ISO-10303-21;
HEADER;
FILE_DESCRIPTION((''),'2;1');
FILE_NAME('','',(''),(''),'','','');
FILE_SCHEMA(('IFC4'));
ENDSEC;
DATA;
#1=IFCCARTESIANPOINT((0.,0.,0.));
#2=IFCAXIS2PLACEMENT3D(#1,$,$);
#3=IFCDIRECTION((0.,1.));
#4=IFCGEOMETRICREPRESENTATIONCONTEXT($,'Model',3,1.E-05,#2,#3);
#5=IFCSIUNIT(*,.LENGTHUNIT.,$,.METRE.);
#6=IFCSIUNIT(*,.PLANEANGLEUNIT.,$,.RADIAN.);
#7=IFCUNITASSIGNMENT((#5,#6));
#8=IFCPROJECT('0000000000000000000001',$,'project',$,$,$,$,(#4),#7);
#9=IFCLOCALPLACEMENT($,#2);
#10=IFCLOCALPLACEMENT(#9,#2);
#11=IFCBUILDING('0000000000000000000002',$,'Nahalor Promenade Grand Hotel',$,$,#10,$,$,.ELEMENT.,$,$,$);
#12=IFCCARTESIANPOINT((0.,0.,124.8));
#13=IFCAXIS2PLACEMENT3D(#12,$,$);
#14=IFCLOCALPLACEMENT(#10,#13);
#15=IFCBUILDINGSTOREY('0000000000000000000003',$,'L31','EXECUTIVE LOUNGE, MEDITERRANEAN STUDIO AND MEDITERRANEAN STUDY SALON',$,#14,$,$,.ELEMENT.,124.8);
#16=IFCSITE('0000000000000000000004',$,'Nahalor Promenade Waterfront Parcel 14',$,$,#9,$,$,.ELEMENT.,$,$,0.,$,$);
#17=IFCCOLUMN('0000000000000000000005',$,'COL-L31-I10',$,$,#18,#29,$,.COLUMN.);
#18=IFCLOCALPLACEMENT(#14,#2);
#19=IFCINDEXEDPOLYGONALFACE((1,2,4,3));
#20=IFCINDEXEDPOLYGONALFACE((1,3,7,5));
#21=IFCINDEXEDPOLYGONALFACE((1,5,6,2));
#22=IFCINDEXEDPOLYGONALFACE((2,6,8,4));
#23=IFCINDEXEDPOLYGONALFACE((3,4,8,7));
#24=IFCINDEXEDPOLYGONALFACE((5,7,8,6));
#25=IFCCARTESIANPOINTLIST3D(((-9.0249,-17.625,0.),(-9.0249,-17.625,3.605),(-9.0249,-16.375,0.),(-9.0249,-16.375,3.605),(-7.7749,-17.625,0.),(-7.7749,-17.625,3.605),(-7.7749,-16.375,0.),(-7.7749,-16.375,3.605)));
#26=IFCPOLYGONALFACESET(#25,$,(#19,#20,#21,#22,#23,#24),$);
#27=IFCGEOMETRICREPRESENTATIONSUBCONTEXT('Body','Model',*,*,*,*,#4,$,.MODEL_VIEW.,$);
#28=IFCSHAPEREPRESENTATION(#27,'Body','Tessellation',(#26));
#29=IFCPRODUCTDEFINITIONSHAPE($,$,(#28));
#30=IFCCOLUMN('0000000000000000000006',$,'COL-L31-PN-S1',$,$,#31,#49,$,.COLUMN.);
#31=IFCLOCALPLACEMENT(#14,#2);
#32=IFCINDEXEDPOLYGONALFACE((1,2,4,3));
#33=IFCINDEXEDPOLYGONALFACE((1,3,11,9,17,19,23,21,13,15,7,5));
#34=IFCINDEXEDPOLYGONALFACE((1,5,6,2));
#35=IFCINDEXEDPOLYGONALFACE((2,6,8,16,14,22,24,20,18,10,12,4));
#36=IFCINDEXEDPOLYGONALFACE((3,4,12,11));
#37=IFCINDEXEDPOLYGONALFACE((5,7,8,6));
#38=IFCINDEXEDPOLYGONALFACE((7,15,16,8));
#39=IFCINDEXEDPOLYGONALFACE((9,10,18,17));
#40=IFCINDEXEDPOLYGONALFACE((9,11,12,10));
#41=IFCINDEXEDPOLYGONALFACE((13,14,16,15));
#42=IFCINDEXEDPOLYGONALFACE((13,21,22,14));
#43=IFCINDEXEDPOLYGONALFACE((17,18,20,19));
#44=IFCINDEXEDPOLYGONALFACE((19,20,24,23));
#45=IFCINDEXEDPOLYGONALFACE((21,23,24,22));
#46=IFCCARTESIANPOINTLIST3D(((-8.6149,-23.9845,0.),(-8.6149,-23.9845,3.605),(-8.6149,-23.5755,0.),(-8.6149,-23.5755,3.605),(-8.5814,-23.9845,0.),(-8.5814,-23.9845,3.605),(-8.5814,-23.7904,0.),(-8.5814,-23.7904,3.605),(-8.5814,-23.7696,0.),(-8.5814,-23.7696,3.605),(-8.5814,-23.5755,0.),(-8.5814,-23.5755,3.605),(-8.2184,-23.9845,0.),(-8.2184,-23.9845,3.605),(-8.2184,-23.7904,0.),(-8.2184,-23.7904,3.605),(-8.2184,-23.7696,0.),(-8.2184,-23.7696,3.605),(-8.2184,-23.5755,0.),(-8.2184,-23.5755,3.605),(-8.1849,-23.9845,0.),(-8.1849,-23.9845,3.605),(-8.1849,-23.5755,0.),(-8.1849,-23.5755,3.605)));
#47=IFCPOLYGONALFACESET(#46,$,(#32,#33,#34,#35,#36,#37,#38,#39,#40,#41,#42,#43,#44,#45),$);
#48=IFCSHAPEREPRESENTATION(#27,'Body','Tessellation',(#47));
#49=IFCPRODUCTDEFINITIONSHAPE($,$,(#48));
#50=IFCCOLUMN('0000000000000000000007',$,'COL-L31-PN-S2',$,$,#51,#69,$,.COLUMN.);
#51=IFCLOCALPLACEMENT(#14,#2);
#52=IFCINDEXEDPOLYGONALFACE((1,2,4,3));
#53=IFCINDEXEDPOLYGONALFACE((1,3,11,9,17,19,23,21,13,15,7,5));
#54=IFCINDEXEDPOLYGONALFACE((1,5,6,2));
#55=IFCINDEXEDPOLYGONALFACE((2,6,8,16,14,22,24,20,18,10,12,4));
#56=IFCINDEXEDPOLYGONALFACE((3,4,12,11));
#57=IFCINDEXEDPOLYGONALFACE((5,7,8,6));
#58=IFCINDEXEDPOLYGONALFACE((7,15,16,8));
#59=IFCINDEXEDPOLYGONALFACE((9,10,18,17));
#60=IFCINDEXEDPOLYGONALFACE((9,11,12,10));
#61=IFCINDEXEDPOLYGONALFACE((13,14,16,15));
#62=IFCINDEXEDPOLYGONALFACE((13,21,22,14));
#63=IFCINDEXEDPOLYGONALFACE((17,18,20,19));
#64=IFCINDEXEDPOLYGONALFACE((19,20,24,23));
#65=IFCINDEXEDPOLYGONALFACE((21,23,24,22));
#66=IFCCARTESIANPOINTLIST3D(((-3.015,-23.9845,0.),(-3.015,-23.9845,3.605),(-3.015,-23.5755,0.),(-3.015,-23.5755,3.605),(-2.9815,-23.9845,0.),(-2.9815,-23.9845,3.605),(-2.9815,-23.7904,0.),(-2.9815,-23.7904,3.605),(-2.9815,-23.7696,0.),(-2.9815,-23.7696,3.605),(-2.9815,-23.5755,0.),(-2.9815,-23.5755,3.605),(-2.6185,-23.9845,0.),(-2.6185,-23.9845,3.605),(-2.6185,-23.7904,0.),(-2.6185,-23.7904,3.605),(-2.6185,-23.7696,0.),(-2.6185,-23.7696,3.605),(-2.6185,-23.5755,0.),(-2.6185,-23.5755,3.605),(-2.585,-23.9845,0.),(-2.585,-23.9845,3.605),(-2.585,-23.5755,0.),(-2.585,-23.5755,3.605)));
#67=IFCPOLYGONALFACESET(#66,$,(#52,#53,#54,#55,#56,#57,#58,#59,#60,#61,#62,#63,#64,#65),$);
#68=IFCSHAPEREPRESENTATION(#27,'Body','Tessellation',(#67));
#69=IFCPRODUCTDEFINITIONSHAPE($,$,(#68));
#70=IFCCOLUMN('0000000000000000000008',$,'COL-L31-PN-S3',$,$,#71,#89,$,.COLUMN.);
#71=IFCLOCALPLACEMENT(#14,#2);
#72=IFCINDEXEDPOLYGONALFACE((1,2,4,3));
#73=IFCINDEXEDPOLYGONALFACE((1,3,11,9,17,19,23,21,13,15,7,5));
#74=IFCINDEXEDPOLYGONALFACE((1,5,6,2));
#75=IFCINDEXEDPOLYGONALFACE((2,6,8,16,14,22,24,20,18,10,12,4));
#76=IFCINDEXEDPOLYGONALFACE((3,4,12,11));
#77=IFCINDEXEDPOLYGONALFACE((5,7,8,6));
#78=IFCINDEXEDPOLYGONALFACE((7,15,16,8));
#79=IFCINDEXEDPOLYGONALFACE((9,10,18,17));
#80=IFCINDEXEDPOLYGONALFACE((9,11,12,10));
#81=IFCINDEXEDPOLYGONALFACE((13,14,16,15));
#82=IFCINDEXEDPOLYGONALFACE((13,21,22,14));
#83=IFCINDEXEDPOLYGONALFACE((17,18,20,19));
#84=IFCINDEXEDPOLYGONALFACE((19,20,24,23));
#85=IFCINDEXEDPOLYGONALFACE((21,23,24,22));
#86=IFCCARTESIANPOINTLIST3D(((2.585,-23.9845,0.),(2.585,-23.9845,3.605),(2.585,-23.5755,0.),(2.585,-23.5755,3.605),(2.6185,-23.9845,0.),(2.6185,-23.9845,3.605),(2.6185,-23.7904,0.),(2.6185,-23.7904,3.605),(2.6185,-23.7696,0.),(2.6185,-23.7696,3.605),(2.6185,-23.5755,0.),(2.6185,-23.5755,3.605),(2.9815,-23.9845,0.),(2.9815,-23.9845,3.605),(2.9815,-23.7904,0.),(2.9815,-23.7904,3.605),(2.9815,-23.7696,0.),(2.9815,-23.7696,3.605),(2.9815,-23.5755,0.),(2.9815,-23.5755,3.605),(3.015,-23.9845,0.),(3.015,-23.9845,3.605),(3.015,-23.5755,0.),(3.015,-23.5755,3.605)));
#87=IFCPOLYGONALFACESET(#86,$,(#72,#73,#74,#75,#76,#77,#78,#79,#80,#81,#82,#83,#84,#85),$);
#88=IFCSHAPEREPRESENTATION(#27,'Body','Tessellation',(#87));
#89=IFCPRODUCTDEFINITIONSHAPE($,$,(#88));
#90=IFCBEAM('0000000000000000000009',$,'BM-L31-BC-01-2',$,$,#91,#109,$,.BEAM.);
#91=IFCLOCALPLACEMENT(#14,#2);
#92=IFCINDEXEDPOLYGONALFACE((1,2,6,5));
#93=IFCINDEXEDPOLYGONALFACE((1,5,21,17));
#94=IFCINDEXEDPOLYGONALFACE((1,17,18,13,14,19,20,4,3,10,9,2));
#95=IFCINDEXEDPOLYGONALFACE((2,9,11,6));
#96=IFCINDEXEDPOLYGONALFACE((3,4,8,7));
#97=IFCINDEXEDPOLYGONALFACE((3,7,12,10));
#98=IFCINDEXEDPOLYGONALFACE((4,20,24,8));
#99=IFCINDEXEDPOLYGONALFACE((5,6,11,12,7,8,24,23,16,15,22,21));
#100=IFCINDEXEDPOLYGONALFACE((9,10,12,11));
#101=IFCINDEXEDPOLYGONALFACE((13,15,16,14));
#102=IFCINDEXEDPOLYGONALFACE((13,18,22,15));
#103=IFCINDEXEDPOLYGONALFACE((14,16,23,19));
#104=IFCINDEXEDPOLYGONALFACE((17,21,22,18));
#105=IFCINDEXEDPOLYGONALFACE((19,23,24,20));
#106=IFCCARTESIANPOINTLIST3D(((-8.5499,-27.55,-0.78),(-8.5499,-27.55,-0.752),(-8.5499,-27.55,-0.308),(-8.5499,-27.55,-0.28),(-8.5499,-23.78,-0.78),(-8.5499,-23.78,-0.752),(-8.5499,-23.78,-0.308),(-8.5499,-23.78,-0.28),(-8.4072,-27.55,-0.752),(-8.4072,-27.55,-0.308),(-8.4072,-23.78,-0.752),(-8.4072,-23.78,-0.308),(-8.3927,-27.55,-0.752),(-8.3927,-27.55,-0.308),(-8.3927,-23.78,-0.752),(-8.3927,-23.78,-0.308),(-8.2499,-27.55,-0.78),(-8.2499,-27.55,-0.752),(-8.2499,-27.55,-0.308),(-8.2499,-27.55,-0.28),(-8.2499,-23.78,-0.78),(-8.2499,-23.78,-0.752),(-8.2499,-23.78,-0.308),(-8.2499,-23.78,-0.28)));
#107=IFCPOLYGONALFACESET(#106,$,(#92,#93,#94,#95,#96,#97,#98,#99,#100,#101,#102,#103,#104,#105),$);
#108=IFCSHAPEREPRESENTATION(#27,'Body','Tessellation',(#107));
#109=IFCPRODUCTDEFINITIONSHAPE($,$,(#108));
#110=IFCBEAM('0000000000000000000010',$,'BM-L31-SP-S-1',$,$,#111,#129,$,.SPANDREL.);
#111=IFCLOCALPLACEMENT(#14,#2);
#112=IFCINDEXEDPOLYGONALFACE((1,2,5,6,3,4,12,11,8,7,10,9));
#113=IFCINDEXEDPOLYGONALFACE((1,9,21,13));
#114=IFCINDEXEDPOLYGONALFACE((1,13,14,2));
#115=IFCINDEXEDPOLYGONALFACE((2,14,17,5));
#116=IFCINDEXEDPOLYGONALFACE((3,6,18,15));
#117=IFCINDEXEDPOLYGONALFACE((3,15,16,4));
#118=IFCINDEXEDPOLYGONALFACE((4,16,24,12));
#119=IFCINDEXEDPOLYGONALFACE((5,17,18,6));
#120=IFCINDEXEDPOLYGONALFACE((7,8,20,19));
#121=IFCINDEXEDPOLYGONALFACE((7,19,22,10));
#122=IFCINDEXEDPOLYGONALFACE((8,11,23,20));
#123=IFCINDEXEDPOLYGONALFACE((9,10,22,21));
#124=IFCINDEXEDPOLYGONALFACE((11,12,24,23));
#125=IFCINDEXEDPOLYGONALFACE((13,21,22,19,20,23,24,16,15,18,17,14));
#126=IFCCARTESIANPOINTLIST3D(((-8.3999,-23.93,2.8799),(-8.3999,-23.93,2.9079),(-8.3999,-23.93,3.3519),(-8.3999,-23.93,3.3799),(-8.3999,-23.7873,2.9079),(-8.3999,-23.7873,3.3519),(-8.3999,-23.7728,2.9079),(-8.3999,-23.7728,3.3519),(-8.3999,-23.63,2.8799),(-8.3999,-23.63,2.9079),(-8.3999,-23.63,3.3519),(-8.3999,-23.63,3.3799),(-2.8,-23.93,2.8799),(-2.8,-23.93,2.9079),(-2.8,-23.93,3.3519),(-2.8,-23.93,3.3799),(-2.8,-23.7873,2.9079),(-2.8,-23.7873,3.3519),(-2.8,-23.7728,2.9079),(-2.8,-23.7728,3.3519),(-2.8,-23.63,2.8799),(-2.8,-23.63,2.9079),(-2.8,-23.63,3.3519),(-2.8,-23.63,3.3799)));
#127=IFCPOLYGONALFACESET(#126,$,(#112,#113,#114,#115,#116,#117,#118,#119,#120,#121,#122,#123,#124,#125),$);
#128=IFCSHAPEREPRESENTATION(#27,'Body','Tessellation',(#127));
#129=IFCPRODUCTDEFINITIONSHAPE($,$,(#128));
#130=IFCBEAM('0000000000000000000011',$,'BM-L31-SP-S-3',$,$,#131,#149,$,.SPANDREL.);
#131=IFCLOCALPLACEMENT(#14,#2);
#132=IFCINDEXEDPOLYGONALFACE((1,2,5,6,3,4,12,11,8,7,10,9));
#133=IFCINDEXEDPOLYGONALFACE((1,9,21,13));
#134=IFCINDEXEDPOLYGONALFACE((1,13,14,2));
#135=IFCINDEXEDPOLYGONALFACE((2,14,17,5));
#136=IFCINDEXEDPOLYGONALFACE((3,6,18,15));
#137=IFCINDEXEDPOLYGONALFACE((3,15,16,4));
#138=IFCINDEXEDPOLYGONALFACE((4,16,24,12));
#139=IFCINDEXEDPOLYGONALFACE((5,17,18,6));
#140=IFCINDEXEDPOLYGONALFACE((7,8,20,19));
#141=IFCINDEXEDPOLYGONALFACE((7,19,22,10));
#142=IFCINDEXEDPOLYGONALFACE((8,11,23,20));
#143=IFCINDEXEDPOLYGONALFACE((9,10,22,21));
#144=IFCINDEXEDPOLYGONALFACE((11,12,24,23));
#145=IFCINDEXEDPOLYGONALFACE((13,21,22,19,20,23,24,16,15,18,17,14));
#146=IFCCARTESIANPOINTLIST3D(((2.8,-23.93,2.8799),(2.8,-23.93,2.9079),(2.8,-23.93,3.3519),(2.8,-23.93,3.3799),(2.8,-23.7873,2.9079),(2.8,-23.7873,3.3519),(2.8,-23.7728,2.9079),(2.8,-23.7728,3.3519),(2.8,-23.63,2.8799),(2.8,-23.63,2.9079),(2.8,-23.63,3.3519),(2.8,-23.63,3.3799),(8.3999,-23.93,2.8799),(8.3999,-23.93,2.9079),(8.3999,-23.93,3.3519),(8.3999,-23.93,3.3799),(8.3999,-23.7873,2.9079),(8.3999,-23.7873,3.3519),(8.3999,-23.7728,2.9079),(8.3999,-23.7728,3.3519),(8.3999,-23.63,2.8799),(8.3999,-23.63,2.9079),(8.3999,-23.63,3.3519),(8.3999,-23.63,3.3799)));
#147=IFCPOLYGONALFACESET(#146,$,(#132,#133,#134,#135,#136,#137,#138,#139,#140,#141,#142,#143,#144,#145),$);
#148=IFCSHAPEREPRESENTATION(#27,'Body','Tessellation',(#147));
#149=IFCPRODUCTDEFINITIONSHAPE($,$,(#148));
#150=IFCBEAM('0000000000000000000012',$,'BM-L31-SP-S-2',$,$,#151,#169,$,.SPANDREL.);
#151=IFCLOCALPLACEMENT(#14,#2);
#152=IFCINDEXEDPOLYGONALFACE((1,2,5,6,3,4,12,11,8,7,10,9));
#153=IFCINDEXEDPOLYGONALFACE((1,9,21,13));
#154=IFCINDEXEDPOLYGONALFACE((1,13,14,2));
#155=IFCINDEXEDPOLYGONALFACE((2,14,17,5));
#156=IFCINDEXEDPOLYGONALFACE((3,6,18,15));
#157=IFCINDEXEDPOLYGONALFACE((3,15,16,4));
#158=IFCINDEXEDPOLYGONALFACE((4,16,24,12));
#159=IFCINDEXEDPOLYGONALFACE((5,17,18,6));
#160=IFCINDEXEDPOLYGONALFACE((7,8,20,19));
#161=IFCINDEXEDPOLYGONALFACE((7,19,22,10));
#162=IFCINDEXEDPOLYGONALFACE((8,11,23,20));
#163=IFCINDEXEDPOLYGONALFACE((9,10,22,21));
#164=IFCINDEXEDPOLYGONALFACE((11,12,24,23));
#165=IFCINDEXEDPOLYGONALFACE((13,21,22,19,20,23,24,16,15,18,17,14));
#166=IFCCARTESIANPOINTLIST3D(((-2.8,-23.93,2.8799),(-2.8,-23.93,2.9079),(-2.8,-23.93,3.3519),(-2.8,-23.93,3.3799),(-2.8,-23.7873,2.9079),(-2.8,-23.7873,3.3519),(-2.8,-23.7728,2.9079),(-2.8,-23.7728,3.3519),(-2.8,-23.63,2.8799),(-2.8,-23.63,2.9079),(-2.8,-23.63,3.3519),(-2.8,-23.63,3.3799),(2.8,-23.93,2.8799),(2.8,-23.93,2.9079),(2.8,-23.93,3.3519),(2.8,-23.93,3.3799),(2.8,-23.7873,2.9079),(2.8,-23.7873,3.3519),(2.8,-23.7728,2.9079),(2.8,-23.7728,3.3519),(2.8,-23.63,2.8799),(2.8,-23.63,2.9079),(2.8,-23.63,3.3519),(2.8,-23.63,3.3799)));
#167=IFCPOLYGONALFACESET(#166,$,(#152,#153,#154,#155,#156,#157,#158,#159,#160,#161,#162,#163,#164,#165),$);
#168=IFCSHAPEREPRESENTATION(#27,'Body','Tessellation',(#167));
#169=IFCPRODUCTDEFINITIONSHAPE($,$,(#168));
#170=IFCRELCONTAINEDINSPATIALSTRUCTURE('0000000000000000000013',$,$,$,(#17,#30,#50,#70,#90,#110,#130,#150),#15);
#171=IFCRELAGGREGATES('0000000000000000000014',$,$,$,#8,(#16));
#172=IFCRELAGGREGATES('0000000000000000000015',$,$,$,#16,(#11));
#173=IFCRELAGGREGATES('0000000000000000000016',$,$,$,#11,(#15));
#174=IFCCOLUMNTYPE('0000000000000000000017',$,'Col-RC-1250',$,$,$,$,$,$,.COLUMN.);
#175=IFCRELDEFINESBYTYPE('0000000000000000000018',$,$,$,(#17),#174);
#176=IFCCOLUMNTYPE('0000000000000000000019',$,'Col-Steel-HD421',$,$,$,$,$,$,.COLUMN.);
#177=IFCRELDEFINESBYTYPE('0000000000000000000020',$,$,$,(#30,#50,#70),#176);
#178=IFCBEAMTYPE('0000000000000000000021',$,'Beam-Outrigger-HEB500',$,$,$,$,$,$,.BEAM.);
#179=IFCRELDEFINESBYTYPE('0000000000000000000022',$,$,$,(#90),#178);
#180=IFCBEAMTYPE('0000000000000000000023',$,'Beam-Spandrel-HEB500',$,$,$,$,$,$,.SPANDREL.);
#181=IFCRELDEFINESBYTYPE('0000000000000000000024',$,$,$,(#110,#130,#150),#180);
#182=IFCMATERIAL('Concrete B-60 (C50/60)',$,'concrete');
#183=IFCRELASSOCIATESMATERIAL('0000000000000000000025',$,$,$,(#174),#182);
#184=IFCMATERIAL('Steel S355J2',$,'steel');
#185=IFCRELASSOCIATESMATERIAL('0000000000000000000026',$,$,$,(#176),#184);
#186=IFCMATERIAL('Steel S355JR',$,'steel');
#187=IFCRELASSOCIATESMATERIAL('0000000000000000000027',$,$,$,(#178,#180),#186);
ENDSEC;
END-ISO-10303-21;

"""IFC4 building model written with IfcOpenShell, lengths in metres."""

from ifc_helpers import new_model, si_unit, direction, frame, origin, origin_2d, place, context, subcontext, project, spatial, rectangle, i_section, extrude, source, transform, mapped, material, material_profile, profile_set, type_object, element, save


model = new_model("IFC4")

# Units and contexts
model_context = context("Model", 3, precision=1e-05, world=origin(), true_north=direction((0.0, 1.0)))
body_context = subcontext(model_context, "Body", "Model", "MODEL_VIEW")
ifc_project = project(units=[si_unit("LENGTHUNIT", "METRE"), si_unit("PLANEANGLEUNIT", "RADIAN")], contexts=[model_context])

# Site, building, storey
site_placement = place(None, origin())
site = spatial("IfcSite", under=ifc_project, at=site_placement, Name="Nahalor Promenade Waterfront Parcel 14", CompositionType="ELEMENT", RefElevation=0.0)
building_placement = place(site_placement, origin())
building = spatial("IfcBuilding", under=site, at=building_placement, Name="Nahalor Promenade Grand Hotel", CompositionType="ELEMENT")
storey_placement = place(building_placement, frame((0.0, 0.0, 124.8)))
storey = spatial("IfcBuildingStorey", under=building, at=storey_placement, Name="L31", Description="EXECUTIVE LOUNGE, MEDITERRANEAN STUDIO AND MEDITERRANEAN STUDY SALON", CompositionType="ELEMENT", Elevation=124.8)

# Columns
ifc_material_1 = material(Name="Concrete B-60 (C50/60)", Category="concrete")
ifc_material_profile_1 = material_profile(ifc_material_1, rectangle(XDim=1.25, YDim=1.25, at=origin_2d()), Name="RC 1250x1250")
ifc_profile_set_1 = profile_set([ifc_material_profile_1], Name="Concrete B-60 (C50/60)")
column_type_1 = type_object("IfcColumnType", Name="Col-RC-1250", PredefinedType="COLUMN", material=ifc_profile_set_1)
shared_shape_1 = source(origin(), body_context, "Body", "SweptSolid", [
    extrude(rectangle(XDim=1.25, YDim=1.25, at=origin_2d()), origin(), (0.0, 0.0, 1.0), 3.605),
])
column_placement = place(storey_placement, frame((-8.3999, -17.0, 0.0), z_axis=(0.0, 0.0, 1.0), x_axis=(1.0, 0.0, 0.0)))
element("IfcColumn", 1, at=column_placement, inside=storey, type_object=column_type_1, Name="COL-L31-I10", PredefinedType="COLUMN", context=body_context, shape_type="MappedRepresentation", body=[
    mapped(shared_shape_1, transform((0.0, 0.0, 0.0), scale=1.0)),
])
ifc_material_2 = material(Name="Steel S355J2", Category="steel")
ifc_material_profile_2 = material_profile(ifc_material_2, i_section(OverallWidth=0.409, OverallDepth=0.43, WebThickness=0.0208, FlangeThickness=0.0335, at=origin_2d()), Name="HD 400x421")
ifc_profile_set_2 = profile_set([ifc_material_profile_2], Name="Steel S355J2")
column_type_2 = type_object("IfcColumnType", Name="Col-Steel-HD421", PredefinedType="COLUMN", material=ifc_profile_set_2)
shared_shape_2 = source(origin(), body_context, "Body", "SweptSolid", [
    extrude(i_section(OverallWidth=0.409, OverallDepth=0.43, WebThickness=0.0208, FlangeThickness=0.0335, at=origin_2d()), origin(), (0.0, 0.0, 1.0), 3.605),
])
for number, where, z_axis, x_axis, name in (
    (2, (-8.3999, -23.78, 0.0), (0.0, 0.0, 1.0), (0.0, 1.0, 0.0), "COL-L31-PN-S1"),
    (3, (-2.8, -23.78, 0.0), (0.0, 0.0, 1.0), (0.0, 1.0, 0.0), "COL-L31-PN-S2"),
    (4, (2.8, -23.78, 0.0), (0.0, 0.0, 1.0), (0.0, 1.0, 0.0), "COL-L31-PN-S3"),
):
    element("IfcColumn", number, at=place(storey_placement, frame(where, z_axis=z_axis, x_axis=x_axis)), inside=storey, type_object=column_type_2, Name=name, PredefinedType="COLUMN", context=body_context, shape_type="MappedRepresentation", body=[
        mapped(shared_shape_2, transform((0.0, 0.0, 0.0), scale=1.0)),
    ])

# Beams
ifc_material_3 = material(Name="Steel S355JR", Category="steel")
ifc_material_profile_3 = material_profile(ifc_material_3, i_section(OverallWidth=0.3, OverallDepth=0.5, WebThickness=0.0145, FlangeThickness=0.028, at=origin_2d()), Name="HEB 500")
ifc_profile_set_3 = profile_set([ifc_material_profile_3], Name="Steel S355JR")
beam_type_1 = type_object("IfcBeamType", Name="Beam-Outrigger-HEB500", PredefinedType="BEAM", material=ifc_profile_set_3)
shared_shape_3 = source(origin(), body_context, "Body", "SweptSolid", [
    extrude(i_section(OverallWidth=0.3, OverallDepth=0.5, WebThickness=0.0145, FlangeThickness=0.028, at=origin_2d()), origin(), (0.0, 0.0, 1.0), 3.77),
])
beam_1_placement = place(storey_placement, frame((-8.3999, -27.55, -0.53), z_axis=(0.0, 1.0, 0.0), x_axis=(-1.0, 0.0, 0.0)))
element("IfcBeam", 5, at=beam_1_placement, inside=storey, type_object=beam_type_1, Name="BM-L31-BC-01-2", PredefinedType="BEAM", context=body_context, shape_type="MappedRepresentation", body=[
    mapped(shared_shape_3, transform((0.0, 0.0, 0.0), scale=1.0)),
])
ifc_material_profile_4 = material_profile(ifc_material_3, i_section(OverallWidth=0.3, OverallDepth=0.5, WebThickness=0.0145, FlangeThickness=0.028, at=origin_2d()), Name="HEB 500")
ifc_profile_set_4 = profile_set([ifc_material_profile_4], Name="Steel S355JR")
beam_type_2 = type_object("IfcBeamType", Name="Beam-Spandrel-HEB500", PredefinedType="SPANDREL", material=ifc_profile_set_4)
shared_shape_4 = source(origin(), body_context, "Body", "SweptSolid", [
    extrude(i_section(OverallWidth=0.3, OverallDepth=0.5, WebThickness=0.0145, FlangeThickness=0.028, at=origin_2d()), origin(), (0.0, 0.0, 1.0), 5.5999),
])
for number, where, z_axis, x_axis, name in (
    (6, (-8.3999, -23.78, 3.1299), (1.0, 0.0, 0.0), (0.0, 1.0, 0.0), "BM-L31-SP-S-1"),
    (7, (2.8, -23.78, 3.1299), (1.0, 0.0, 0.0), (0.0, 1.0, 0.0), "BM-L31-SP-S-3"),
):
    element("IfcBeam", number, at=place(storey_placement, frame(where, z_axis=z_axis, x_axis=x_axis)), inside=storey, type_object=beam_type_2, Name=name, PredefinedType="SPANDREL", context=body_context, shape_type="MappedRepresentation", body=[
        mapped(shared_shape_4, transform((0.0, 0.0, 0.0), scale=1.0)),
    ])
shared_shape_5 = source(origin(), body_context, "Body", "SweptSolid", [
    extrude(i_section(OverallWidth=0.3, OverallDepth=0.5, WebThickness=0.0145, FlangeThickness=0.028, at=origin_2d()), origin(), (0.0, 0.0, 1.0), 5.6001),
])
beam_2_placement = place(storey_placement, frame((-2.8, -23.78, 3.1299), z_axis=(1.0, 0.0, 0.0), x_axis=(0.0, 1.0, 0.0)))
element("IfcBeam", 8, at=beam_2_placement, inside=storey, type_object=beam_type_2, Name="BM-L31-SP-S-2", PredefinedType="SPANDREL", context=body_context, shape_type="MappedRepresentation", body=[
    mapped(shared_shape_5, transform((0.0, 0.0, 0.0), scale=1.0)),
])

save(model, "model.ifc")
